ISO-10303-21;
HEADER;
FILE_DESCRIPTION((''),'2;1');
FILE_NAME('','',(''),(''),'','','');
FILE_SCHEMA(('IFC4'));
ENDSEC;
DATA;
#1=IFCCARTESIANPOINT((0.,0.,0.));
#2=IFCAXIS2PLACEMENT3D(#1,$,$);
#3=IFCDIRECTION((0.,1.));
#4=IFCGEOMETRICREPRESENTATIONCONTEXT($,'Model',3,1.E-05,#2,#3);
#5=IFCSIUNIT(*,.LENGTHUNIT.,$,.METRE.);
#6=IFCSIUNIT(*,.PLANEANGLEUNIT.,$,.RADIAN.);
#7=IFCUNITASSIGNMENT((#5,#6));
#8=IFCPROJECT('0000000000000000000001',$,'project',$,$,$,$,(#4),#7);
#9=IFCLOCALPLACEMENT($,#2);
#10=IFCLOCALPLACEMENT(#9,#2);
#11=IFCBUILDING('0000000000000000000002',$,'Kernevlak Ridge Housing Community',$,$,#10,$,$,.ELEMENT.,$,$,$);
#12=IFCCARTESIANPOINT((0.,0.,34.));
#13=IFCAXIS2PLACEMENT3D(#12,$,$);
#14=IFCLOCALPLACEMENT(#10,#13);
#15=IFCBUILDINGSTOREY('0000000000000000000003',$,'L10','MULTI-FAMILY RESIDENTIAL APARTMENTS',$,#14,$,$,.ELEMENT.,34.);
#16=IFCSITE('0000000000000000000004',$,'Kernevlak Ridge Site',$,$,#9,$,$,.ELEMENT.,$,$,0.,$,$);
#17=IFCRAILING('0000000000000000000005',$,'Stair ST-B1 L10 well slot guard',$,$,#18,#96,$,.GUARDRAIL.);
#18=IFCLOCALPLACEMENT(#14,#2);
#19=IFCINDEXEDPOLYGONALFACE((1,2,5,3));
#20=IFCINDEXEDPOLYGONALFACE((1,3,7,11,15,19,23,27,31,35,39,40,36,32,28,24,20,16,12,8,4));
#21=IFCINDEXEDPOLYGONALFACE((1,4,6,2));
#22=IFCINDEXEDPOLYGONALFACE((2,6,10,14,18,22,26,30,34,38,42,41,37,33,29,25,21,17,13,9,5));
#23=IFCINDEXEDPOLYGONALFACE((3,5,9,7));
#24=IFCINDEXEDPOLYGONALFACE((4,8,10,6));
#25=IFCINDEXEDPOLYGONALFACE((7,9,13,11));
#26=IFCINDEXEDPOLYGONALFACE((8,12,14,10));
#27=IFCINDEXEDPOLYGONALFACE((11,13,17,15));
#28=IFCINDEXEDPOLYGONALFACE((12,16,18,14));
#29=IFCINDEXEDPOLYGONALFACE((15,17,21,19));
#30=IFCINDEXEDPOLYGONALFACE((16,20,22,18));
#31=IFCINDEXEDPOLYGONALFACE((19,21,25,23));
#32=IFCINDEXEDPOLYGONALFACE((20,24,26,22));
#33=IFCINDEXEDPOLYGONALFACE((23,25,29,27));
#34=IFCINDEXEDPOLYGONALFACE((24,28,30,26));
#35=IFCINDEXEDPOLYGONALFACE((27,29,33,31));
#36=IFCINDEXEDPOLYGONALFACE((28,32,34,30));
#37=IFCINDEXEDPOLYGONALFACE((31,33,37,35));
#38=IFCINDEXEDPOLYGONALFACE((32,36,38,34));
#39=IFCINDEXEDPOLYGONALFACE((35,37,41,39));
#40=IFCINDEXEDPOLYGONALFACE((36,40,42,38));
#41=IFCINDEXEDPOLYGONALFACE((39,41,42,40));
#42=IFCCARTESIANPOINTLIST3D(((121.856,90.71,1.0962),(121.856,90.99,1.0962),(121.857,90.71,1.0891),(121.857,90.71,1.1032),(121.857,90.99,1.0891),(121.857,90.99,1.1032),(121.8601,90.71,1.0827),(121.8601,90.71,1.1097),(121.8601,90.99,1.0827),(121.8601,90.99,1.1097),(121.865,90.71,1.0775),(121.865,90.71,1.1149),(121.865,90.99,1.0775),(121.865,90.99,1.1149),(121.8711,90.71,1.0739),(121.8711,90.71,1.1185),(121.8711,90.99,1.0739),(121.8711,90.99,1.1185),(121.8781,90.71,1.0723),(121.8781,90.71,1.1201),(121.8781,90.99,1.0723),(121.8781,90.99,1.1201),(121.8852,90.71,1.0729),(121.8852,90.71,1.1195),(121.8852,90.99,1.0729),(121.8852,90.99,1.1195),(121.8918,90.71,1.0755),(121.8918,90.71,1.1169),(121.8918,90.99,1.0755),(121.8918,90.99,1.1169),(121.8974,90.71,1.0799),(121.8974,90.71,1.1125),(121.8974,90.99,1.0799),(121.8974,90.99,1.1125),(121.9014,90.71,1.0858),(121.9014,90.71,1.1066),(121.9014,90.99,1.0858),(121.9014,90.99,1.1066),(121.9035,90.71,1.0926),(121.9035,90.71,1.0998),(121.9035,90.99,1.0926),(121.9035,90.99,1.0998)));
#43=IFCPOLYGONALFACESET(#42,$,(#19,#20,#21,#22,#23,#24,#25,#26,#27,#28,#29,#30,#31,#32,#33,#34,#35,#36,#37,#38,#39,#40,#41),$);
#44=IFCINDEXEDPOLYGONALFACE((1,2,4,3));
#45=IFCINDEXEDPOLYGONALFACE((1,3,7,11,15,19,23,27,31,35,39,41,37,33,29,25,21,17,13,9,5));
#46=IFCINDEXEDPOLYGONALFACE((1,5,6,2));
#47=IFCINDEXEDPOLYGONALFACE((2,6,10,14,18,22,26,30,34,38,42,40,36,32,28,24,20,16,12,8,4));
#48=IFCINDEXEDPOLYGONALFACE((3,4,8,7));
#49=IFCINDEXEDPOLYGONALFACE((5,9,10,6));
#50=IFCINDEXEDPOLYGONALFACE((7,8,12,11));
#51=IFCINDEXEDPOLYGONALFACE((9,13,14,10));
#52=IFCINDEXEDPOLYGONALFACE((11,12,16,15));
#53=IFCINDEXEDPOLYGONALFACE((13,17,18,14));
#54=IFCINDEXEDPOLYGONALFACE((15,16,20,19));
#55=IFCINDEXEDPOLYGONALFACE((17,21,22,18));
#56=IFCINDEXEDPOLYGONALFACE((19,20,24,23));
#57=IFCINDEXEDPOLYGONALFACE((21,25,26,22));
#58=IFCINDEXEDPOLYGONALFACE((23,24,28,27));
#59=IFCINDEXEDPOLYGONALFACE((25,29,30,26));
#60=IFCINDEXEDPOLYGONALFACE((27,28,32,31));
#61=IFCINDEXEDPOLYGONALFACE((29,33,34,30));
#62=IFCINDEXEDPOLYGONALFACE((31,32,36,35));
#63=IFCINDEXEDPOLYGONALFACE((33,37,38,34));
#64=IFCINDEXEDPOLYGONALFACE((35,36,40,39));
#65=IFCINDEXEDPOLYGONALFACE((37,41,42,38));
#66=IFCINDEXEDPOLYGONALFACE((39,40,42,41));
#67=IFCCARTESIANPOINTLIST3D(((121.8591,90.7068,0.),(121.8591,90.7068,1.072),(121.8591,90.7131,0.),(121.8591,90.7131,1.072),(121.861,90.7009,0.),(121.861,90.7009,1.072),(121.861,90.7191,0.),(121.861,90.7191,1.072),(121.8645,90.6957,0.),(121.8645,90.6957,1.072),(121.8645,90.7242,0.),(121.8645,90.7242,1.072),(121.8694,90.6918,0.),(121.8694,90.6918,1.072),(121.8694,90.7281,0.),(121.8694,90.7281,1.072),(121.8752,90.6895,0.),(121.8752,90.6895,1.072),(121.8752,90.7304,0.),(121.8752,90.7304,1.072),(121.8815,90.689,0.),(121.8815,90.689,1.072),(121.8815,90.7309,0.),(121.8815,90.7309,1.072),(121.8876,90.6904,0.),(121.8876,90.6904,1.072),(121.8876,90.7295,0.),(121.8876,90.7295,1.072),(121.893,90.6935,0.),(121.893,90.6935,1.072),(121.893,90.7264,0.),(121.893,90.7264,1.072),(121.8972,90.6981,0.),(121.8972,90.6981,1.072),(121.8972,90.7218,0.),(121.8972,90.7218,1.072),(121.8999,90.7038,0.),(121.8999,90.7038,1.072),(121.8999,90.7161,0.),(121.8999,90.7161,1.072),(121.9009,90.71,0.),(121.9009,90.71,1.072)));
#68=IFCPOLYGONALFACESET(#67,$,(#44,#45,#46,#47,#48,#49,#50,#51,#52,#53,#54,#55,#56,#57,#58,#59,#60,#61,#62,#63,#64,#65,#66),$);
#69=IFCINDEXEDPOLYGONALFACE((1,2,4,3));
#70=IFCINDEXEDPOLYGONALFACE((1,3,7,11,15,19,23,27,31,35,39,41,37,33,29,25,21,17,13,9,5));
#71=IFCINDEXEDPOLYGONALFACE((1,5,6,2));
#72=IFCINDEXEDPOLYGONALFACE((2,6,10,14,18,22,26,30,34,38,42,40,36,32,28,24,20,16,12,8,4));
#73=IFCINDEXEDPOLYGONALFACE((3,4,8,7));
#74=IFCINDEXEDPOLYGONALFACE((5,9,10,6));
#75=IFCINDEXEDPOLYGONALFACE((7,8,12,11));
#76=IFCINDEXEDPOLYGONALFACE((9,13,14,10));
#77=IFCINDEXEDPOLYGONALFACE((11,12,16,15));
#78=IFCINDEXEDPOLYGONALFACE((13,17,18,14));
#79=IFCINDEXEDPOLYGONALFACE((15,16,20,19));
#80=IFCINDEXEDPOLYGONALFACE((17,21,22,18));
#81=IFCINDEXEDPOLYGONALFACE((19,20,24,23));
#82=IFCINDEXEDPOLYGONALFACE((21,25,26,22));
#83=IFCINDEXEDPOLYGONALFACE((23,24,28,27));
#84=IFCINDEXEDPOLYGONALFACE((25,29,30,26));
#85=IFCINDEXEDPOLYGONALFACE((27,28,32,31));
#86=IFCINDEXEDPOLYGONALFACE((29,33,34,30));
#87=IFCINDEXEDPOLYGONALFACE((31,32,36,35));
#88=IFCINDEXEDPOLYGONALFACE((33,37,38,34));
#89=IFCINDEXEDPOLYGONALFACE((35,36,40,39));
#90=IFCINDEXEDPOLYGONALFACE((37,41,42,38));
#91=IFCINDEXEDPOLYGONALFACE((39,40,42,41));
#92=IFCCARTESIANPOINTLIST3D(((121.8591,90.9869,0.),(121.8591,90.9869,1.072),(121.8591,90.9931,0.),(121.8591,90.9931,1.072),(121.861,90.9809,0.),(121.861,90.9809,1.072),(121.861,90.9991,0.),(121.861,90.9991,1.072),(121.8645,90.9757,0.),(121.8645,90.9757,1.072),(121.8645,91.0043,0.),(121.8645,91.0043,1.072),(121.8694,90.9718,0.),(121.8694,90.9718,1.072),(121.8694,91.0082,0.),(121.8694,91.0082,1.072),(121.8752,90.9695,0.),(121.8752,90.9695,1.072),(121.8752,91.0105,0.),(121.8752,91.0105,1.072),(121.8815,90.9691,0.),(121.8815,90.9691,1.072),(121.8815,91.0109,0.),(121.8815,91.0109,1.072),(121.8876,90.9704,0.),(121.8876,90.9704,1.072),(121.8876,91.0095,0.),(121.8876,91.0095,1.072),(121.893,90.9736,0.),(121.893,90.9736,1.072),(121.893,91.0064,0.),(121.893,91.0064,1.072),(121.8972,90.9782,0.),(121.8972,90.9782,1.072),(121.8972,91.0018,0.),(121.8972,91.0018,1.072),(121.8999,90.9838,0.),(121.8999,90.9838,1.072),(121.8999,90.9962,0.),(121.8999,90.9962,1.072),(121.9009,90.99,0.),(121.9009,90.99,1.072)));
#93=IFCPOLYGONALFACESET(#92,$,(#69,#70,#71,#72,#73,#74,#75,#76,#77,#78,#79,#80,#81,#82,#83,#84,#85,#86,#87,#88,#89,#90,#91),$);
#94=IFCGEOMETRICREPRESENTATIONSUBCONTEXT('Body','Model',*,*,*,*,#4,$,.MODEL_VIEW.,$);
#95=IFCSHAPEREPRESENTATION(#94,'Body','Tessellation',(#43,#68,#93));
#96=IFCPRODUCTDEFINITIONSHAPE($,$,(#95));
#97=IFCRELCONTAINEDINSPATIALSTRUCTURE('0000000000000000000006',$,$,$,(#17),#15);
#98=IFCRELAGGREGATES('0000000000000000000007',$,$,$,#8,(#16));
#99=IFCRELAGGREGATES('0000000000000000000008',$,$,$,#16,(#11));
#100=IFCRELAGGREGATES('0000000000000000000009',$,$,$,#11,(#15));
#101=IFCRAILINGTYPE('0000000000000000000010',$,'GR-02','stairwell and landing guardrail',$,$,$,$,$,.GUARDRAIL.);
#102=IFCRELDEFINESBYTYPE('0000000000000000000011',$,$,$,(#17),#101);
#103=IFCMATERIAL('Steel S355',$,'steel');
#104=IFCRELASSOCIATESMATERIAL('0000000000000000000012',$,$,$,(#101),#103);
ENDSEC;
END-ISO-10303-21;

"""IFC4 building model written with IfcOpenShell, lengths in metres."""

from ifc_helpers import new_model, si_unit, direction, frame, origin, origin_2d, place, context, subcontext, project, spatial, circle, extrude, material, type_object, element, save


model = new_model("IFC4")

# Units and contexts
model_context = context("Model", 3, precision=1e-05, world=origin(), true_north=direction((0.0, 1.0)))
body_context = subcontext(model_context, "Body", "Model", "MODEL_VIEW")
ifc_project = project(units=[si_unit("LENGTHUNIT", "METRE"), si_unit("PLANEANGLEUNIT", "RADIAN")], contexts=[model_context])

# Site, building, storey
site_placement = place(None, origin())
site = spatial("IfcSite", under=ifc_project, at=site_placement, Name="Kernevlak Ridge Site", CompositionType="ELEMENT", RefElevation=0.0)
building_placement = place(site_placement, origin())
building = spatial("IfcBuilding", under=site, at=building_placement, Name="Kernevlak Ridge Housing Community", CompositionType="ELEMENT")
storey_placement = place(building_placement, frame((0.0, 0.0, 34.0)))
storey = spatial("IfcBuildingStorey", under=building, at=storey_placement, Name="L10", Description="MULTI-FAMILY RESIDENTIAL APARTMENTS", CompositionType="ELEMENT", Elevation=34.0)

# Railing
ifc_material_1 = material(Name="Steel S355", Category="steel")
railing_type_1 = type_object("IfcRailingType", Name="GR-02", Description="stairwell and landing guardrail", PredefinedType="GUARDRAIL", material=ifc_material_1)
railing_1_placement = place(storey_placement, frame((121.8799, 90.71, 0.0)))
element("IfcRailing", 1, at=railing_1_placement, inside=storey, type_object=railing_type_1, Name="Stair ST-B1 L10 well slot guard", PredefinedType="GUARDRAIL", context=body_context, shape_type="SweptSolid", body=[
    extrude(circle(Radius=0.0239, at=origin_2d()), frame((0.0, 0.0, 1.0962), z_axis=(0.0, 1.0, 0.0), x_axis=(-1.0, 0.0, 0.0)), (0.0, 0.0, 1.0), 0.28),
    extrude(circle(Radius=0.021, at=origin_2d()), origin(), (0.0, 0.0, 1.0), 1.072),
    extrude(circle(Radius=0.021, at=origin_2d()), frame((0.0, 0.28, 0.0)), (0.0, 0.0, 1.0), 1.072),
])

save(model, "model.ifc")
